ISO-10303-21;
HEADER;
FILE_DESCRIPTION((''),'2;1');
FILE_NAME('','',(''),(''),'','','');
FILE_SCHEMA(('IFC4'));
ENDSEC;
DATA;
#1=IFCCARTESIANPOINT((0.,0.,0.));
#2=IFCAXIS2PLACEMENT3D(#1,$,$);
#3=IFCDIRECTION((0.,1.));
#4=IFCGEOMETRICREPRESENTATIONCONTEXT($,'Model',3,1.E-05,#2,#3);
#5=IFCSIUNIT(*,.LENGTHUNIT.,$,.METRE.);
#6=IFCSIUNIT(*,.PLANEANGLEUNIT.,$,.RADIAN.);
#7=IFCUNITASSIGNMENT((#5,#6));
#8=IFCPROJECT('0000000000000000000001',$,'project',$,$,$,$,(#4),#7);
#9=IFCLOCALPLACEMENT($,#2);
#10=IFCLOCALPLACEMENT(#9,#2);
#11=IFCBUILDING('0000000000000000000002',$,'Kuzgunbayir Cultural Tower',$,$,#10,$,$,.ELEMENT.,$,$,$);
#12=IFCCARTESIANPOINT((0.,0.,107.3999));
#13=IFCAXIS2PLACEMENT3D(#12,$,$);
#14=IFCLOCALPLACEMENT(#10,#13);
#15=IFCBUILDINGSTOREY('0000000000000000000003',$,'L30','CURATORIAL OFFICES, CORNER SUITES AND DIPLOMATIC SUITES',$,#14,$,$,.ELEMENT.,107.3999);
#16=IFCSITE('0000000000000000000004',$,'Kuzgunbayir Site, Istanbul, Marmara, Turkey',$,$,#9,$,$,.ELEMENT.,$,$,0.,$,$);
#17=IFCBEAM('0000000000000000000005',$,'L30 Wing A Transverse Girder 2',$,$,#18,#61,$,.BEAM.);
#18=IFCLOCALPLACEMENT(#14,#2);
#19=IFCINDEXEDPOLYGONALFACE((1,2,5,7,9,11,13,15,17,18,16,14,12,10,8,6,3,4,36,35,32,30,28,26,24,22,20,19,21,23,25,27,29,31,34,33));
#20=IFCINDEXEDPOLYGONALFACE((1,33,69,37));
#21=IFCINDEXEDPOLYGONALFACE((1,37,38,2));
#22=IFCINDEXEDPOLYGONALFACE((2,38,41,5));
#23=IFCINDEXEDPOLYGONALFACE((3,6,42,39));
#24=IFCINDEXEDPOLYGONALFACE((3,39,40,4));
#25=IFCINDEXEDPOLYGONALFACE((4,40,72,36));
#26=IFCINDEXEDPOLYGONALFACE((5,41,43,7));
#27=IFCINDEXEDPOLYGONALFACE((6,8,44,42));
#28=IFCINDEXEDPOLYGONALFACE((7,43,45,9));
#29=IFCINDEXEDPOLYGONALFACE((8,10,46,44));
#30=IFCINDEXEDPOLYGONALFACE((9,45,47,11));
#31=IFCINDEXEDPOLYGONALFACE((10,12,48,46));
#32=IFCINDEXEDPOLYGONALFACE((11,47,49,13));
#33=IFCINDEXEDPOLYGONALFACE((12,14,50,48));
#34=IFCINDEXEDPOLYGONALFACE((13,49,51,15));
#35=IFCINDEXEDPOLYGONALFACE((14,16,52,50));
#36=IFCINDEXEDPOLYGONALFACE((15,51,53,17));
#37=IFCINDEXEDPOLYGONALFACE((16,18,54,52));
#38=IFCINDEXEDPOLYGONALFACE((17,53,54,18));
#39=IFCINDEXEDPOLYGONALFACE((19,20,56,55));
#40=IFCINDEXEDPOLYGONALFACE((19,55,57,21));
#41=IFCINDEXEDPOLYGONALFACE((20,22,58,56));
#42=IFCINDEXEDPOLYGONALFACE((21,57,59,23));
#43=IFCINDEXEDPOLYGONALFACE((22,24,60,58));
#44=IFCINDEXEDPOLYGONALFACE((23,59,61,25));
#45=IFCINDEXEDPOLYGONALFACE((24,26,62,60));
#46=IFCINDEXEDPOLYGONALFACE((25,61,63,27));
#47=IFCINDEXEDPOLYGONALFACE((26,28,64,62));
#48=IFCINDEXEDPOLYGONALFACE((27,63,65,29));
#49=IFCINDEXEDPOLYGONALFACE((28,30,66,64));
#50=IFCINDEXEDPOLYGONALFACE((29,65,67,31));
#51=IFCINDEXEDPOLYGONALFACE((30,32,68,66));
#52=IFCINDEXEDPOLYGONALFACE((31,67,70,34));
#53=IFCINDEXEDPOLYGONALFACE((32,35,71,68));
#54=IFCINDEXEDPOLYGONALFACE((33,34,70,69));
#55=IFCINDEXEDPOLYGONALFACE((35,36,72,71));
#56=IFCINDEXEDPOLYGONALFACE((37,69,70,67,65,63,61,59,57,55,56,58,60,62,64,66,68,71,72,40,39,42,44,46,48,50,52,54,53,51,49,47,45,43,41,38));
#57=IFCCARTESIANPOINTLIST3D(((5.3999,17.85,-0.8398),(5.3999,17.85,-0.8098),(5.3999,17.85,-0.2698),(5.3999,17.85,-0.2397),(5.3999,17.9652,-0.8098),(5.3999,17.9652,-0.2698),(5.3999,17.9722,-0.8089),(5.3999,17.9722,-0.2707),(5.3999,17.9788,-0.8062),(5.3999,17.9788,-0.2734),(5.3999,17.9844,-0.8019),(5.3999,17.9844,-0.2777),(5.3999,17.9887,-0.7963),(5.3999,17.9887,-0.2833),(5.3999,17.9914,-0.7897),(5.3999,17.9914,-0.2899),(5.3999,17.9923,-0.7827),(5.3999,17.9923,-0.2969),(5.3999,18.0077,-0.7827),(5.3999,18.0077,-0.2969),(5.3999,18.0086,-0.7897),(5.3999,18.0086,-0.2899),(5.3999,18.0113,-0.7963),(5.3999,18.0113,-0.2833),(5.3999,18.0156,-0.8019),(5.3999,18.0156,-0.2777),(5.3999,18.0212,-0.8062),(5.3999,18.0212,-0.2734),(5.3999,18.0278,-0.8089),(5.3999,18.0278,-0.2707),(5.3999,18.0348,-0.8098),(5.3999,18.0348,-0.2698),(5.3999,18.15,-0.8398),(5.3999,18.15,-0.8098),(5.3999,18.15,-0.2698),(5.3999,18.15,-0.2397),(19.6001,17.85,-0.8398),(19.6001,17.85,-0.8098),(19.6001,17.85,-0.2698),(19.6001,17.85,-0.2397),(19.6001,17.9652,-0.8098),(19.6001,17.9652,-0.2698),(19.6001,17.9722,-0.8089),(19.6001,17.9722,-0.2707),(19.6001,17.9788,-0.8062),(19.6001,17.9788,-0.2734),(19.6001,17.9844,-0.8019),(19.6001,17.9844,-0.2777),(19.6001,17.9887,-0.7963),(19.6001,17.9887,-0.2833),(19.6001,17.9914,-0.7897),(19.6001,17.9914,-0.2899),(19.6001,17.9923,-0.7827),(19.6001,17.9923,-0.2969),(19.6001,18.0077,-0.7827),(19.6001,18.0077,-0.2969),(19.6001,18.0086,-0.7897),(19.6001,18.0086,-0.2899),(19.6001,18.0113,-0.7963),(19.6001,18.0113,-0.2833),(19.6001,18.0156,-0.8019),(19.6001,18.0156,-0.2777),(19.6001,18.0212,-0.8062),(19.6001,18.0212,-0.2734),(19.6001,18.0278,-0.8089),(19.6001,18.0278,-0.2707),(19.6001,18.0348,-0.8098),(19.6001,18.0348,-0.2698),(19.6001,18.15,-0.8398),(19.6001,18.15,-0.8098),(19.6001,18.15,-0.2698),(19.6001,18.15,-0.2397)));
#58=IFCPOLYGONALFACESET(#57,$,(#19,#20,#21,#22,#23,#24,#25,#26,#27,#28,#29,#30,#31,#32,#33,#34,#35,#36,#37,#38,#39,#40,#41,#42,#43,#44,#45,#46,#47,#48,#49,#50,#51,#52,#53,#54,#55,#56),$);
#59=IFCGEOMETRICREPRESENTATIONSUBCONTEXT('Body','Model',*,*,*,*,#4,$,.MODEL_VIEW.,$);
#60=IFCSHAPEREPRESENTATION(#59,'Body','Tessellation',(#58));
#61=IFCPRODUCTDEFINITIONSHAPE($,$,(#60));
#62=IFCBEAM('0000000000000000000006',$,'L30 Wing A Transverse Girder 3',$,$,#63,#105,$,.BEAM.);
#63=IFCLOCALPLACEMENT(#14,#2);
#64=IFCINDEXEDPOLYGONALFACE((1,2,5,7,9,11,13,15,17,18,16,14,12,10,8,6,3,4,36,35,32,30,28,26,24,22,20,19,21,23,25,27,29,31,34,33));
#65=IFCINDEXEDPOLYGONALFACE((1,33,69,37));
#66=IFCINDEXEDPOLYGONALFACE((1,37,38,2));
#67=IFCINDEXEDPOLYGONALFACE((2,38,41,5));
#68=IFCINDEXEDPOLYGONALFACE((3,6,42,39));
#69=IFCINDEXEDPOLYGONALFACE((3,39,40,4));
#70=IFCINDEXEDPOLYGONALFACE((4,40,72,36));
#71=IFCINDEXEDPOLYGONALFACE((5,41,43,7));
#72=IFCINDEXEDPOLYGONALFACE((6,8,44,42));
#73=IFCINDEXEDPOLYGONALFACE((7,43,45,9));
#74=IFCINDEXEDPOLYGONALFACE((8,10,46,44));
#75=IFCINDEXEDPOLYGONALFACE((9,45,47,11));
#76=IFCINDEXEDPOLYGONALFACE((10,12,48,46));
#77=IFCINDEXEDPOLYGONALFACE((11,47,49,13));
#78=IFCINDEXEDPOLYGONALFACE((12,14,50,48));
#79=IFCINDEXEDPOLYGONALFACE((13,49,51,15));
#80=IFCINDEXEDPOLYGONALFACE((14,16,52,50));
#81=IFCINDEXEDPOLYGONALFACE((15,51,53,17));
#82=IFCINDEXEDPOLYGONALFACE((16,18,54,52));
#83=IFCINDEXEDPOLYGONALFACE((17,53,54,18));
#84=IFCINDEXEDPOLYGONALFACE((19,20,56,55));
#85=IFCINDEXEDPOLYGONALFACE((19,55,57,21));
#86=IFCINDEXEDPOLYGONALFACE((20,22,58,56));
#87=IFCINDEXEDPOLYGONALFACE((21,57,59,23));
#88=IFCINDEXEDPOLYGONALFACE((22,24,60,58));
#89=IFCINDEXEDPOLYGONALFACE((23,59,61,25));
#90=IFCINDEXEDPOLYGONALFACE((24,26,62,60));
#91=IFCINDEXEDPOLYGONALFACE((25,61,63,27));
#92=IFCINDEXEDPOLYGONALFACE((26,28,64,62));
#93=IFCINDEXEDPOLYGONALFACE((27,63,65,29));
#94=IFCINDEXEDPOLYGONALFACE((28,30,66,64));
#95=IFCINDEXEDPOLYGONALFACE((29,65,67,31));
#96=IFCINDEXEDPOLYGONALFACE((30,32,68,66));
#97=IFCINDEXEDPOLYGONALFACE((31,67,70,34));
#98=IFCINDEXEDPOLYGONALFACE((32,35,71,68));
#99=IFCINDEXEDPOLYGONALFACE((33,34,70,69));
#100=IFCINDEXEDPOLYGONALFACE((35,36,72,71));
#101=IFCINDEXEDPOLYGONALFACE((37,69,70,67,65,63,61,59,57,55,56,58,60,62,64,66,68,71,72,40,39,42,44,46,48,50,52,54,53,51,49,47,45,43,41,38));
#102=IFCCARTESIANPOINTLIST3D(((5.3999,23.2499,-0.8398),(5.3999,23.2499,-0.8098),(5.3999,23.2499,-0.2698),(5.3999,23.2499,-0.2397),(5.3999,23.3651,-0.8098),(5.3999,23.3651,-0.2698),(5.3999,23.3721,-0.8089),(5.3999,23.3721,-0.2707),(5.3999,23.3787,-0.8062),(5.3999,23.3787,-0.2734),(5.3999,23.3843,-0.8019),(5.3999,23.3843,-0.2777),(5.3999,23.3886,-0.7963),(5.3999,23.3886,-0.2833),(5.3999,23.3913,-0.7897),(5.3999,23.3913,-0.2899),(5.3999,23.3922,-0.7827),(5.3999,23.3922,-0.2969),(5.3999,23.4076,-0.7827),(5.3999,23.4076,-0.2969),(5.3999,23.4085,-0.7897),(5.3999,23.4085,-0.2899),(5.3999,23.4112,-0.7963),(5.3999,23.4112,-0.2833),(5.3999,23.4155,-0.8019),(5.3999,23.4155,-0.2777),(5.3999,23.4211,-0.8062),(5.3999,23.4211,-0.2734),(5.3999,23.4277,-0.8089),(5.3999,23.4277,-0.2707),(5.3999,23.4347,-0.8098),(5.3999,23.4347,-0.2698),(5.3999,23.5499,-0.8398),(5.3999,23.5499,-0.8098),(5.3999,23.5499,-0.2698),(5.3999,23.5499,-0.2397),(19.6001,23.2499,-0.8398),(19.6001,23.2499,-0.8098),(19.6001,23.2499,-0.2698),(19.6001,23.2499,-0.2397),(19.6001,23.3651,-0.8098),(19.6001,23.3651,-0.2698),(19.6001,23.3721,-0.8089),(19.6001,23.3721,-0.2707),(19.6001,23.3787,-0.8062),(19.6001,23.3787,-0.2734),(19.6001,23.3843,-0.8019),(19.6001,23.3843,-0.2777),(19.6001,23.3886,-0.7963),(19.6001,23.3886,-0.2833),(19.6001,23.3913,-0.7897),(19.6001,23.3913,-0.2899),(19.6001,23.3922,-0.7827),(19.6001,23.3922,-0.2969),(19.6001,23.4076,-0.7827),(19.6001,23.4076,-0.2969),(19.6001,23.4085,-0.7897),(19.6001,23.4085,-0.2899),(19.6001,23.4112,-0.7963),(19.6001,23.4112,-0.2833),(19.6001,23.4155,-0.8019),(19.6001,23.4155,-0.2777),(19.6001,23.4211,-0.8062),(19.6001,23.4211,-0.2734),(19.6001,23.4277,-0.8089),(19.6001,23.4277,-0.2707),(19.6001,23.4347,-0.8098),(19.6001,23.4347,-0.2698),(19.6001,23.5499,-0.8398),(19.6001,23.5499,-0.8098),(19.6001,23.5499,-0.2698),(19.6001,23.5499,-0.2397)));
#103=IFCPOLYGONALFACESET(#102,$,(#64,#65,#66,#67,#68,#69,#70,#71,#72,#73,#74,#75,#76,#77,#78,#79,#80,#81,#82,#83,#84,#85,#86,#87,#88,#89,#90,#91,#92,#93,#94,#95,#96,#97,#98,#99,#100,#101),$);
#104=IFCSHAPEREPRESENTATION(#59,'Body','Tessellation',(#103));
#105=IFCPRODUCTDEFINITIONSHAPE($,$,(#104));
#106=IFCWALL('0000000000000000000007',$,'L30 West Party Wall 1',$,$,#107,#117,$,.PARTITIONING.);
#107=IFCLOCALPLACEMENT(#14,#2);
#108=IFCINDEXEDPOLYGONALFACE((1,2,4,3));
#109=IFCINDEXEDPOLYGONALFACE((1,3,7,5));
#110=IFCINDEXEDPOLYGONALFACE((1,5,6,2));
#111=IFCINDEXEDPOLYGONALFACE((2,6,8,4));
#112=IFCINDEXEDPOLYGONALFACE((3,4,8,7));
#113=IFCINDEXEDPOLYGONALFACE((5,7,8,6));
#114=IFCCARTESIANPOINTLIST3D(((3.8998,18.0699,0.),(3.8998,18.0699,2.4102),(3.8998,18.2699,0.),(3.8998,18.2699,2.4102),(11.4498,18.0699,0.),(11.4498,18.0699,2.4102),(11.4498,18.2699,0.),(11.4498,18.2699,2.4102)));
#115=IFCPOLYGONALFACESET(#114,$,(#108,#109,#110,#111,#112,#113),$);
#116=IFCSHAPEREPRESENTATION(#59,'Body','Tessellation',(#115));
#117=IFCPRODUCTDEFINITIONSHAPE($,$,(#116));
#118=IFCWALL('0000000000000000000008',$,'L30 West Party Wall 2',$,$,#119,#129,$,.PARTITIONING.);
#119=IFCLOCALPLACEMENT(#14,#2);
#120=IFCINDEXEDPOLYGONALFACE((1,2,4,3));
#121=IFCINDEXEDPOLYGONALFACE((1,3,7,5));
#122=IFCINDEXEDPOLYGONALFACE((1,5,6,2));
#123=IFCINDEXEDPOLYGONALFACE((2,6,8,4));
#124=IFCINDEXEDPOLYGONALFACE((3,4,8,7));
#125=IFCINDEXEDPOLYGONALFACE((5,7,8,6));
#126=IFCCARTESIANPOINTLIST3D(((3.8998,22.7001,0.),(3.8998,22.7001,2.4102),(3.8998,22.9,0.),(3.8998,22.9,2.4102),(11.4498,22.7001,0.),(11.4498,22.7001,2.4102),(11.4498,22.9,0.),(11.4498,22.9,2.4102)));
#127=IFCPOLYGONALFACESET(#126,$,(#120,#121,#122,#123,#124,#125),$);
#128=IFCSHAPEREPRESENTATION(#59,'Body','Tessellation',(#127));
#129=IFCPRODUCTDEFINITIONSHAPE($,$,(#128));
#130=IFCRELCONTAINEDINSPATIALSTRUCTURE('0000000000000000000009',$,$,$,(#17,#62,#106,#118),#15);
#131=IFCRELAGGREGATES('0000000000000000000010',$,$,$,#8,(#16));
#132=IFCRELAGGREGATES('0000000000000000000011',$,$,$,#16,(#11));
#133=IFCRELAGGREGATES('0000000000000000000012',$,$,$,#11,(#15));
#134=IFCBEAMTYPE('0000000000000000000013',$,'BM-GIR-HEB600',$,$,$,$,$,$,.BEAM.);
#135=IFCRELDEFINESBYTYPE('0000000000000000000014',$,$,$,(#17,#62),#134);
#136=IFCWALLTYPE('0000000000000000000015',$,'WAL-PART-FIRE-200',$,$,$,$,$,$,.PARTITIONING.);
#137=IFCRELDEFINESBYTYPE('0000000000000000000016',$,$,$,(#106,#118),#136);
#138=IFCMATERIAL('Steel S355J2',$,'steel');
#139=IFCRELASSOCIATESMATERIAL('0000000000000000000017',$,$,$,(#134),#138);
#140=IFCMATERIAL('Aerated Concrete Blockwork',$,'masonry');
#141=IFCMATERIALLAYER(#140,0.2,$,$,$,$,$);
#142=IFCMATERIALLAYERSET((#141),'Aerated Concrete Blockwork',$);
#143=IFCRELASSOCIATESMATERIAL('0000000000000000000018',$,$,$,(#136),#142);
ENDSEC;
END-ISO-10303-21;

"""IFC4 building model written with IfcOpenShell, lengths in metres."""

from ifc_helpers import new_model, si_unit, direction, frame, frame_2d, origin, origin_2d, place, context, subcontext, project, spatial, rectangle, i_section, extrude, material, layer, layer_set, material_profile, profile_set, type_object, element, save


model = new_model("IFC4")

# Units and contexts
model_context = context("Model", 3, precision=1e-05, world=origin(), true_north=direction((0.0, 1.0)))
body_context = subcontext(model_context, "Body", "Model", "MODEL_VIEW")
ifc_project = project(units=[si_unit("LENGTHUNIT", "METRE"), si_unit("PLANEANGLEUNIT", "RADIAN")], contexts=[model_context])

# Site, building, storey
site_placement = place(None, origin())
site = spatial("IfcSite", under=ifc_project, at=site_placement, Name="Kuzgunbayir Site, Istanbul, Marmara, Turkey", CompositionType="ELEMENT", RefElevation=0.0)
building_placement = place(site_placement, origin())
building = spatial("IfcBuilding", under=site, at=building_placement, Name="Kuzgunbayir Cultural Tower", CompositionType="ELEMENT")
storey_placement = place(building_placement, frame((0.0, 0.0, 107.3999)))
storey = spatial("IfcBuildingStorey", under=building, at=storey_placement, Name="L30", Description="CURATORIAL OFFICES, CORNER SUITES AND DIPLOMATIC SUITES", CompositionType="ELEMENT", Elevation=107.3999)

# Beams
ifc_material_1 = material(Name="Steel S355J2", Category="steel")
ifc_material_profile_1 = material_profile(ifc_material_1, i_section(OverallWidth=0.3, OverallDepth=0.6001, WebThickness=0.0154, FlangeThickness=0.03, FilletRadius=0.0271, at=origin_2d()), Name="HEB 600")
ifc_profile_set_1 = profile_set([ifc_material_profile_1], Name="Steel S355J2")
beam_type_1 = type_object("IfcBeamType", Name="BM-GIR-HEB600", PredefinedType="BEAM", material=ifc_profile_set_1)
for number, where, z_axis, x_axis, name in (
    (1, (5.3999, 18.0, -0.5398), (1.0, 0.0, 0.0), (0.0, 1.0, 0.0), "L30 Wing A Transverse Girder 2"),
    (2, (5.3999, 23.3999, -0.5398), (1.0, 0.0, 0.0), (0.0, 1.0, 0.0), "L30 Wing A Transverse Girder 3"),
):
    element("IfcBeam", number, at=place(storey_placement, frame(where, z_axis=z_axis, x_axis=x_axis)), inside=storey, type_object=beam_type_1, Name=name, PredefinedType="BEAM", context=body_context, shape_type="SweptSolid", body=[
        extrude(i_section(OverallWidth=0.3, OverallDepth=0.6001, WebThickness=0.0154, FlangeThickness=0.03, FilletRadius=0.0271, at=origin_2d()), origin(), (0.0, 0.0, 1.0), 14.2002),
    ])

# Walls
ifc_material_2 = material(Name="Aerated Concrete Blockwork", Category="masonry")
ifc_layer_1 = layer(ifc_material_2, 0.2)
ifc_layer_set_1 = layer_set([ifc_layer_1], Name="Aerated Concrete Blockwork")
wall_type = type_object("IfcWallType", Name="WAL-PART-FIRE-200", PredefinedType="PARTITIONING", material=ifc_layer_set_1)
for number, where, z_axis, x_axis, name in (
    (3, (3.8999, 18.1699, 0.0), (0.0, 0.0, 1.0), (1.0, 0.0, 0.0), "L30 West Party Wall 1"),
    (4, (3.8999, 22.8, 0.0), (0.0, 0.0, 1.0), (1.0, 0.0, 0.0), "L30 West Party Wall 2"),
):
    element("IfcWall", number, at=place(storey_placement, frame(where, z_axis=z_axis, x_axis=x_axis)), inside=storey, type_object=wall_type, Name=name, PredefinedType="PARTITIONING", context=body_context, shape_type="SweptSolid", body=[
        extrude(rectangle(XDim=7.55, YDim=0.2, at=frame_2d((3.7749, 0.0))), origin(), (0.0, 0.0, 1.0), 2.4102),
    ])

save(model, "model.ifc")
